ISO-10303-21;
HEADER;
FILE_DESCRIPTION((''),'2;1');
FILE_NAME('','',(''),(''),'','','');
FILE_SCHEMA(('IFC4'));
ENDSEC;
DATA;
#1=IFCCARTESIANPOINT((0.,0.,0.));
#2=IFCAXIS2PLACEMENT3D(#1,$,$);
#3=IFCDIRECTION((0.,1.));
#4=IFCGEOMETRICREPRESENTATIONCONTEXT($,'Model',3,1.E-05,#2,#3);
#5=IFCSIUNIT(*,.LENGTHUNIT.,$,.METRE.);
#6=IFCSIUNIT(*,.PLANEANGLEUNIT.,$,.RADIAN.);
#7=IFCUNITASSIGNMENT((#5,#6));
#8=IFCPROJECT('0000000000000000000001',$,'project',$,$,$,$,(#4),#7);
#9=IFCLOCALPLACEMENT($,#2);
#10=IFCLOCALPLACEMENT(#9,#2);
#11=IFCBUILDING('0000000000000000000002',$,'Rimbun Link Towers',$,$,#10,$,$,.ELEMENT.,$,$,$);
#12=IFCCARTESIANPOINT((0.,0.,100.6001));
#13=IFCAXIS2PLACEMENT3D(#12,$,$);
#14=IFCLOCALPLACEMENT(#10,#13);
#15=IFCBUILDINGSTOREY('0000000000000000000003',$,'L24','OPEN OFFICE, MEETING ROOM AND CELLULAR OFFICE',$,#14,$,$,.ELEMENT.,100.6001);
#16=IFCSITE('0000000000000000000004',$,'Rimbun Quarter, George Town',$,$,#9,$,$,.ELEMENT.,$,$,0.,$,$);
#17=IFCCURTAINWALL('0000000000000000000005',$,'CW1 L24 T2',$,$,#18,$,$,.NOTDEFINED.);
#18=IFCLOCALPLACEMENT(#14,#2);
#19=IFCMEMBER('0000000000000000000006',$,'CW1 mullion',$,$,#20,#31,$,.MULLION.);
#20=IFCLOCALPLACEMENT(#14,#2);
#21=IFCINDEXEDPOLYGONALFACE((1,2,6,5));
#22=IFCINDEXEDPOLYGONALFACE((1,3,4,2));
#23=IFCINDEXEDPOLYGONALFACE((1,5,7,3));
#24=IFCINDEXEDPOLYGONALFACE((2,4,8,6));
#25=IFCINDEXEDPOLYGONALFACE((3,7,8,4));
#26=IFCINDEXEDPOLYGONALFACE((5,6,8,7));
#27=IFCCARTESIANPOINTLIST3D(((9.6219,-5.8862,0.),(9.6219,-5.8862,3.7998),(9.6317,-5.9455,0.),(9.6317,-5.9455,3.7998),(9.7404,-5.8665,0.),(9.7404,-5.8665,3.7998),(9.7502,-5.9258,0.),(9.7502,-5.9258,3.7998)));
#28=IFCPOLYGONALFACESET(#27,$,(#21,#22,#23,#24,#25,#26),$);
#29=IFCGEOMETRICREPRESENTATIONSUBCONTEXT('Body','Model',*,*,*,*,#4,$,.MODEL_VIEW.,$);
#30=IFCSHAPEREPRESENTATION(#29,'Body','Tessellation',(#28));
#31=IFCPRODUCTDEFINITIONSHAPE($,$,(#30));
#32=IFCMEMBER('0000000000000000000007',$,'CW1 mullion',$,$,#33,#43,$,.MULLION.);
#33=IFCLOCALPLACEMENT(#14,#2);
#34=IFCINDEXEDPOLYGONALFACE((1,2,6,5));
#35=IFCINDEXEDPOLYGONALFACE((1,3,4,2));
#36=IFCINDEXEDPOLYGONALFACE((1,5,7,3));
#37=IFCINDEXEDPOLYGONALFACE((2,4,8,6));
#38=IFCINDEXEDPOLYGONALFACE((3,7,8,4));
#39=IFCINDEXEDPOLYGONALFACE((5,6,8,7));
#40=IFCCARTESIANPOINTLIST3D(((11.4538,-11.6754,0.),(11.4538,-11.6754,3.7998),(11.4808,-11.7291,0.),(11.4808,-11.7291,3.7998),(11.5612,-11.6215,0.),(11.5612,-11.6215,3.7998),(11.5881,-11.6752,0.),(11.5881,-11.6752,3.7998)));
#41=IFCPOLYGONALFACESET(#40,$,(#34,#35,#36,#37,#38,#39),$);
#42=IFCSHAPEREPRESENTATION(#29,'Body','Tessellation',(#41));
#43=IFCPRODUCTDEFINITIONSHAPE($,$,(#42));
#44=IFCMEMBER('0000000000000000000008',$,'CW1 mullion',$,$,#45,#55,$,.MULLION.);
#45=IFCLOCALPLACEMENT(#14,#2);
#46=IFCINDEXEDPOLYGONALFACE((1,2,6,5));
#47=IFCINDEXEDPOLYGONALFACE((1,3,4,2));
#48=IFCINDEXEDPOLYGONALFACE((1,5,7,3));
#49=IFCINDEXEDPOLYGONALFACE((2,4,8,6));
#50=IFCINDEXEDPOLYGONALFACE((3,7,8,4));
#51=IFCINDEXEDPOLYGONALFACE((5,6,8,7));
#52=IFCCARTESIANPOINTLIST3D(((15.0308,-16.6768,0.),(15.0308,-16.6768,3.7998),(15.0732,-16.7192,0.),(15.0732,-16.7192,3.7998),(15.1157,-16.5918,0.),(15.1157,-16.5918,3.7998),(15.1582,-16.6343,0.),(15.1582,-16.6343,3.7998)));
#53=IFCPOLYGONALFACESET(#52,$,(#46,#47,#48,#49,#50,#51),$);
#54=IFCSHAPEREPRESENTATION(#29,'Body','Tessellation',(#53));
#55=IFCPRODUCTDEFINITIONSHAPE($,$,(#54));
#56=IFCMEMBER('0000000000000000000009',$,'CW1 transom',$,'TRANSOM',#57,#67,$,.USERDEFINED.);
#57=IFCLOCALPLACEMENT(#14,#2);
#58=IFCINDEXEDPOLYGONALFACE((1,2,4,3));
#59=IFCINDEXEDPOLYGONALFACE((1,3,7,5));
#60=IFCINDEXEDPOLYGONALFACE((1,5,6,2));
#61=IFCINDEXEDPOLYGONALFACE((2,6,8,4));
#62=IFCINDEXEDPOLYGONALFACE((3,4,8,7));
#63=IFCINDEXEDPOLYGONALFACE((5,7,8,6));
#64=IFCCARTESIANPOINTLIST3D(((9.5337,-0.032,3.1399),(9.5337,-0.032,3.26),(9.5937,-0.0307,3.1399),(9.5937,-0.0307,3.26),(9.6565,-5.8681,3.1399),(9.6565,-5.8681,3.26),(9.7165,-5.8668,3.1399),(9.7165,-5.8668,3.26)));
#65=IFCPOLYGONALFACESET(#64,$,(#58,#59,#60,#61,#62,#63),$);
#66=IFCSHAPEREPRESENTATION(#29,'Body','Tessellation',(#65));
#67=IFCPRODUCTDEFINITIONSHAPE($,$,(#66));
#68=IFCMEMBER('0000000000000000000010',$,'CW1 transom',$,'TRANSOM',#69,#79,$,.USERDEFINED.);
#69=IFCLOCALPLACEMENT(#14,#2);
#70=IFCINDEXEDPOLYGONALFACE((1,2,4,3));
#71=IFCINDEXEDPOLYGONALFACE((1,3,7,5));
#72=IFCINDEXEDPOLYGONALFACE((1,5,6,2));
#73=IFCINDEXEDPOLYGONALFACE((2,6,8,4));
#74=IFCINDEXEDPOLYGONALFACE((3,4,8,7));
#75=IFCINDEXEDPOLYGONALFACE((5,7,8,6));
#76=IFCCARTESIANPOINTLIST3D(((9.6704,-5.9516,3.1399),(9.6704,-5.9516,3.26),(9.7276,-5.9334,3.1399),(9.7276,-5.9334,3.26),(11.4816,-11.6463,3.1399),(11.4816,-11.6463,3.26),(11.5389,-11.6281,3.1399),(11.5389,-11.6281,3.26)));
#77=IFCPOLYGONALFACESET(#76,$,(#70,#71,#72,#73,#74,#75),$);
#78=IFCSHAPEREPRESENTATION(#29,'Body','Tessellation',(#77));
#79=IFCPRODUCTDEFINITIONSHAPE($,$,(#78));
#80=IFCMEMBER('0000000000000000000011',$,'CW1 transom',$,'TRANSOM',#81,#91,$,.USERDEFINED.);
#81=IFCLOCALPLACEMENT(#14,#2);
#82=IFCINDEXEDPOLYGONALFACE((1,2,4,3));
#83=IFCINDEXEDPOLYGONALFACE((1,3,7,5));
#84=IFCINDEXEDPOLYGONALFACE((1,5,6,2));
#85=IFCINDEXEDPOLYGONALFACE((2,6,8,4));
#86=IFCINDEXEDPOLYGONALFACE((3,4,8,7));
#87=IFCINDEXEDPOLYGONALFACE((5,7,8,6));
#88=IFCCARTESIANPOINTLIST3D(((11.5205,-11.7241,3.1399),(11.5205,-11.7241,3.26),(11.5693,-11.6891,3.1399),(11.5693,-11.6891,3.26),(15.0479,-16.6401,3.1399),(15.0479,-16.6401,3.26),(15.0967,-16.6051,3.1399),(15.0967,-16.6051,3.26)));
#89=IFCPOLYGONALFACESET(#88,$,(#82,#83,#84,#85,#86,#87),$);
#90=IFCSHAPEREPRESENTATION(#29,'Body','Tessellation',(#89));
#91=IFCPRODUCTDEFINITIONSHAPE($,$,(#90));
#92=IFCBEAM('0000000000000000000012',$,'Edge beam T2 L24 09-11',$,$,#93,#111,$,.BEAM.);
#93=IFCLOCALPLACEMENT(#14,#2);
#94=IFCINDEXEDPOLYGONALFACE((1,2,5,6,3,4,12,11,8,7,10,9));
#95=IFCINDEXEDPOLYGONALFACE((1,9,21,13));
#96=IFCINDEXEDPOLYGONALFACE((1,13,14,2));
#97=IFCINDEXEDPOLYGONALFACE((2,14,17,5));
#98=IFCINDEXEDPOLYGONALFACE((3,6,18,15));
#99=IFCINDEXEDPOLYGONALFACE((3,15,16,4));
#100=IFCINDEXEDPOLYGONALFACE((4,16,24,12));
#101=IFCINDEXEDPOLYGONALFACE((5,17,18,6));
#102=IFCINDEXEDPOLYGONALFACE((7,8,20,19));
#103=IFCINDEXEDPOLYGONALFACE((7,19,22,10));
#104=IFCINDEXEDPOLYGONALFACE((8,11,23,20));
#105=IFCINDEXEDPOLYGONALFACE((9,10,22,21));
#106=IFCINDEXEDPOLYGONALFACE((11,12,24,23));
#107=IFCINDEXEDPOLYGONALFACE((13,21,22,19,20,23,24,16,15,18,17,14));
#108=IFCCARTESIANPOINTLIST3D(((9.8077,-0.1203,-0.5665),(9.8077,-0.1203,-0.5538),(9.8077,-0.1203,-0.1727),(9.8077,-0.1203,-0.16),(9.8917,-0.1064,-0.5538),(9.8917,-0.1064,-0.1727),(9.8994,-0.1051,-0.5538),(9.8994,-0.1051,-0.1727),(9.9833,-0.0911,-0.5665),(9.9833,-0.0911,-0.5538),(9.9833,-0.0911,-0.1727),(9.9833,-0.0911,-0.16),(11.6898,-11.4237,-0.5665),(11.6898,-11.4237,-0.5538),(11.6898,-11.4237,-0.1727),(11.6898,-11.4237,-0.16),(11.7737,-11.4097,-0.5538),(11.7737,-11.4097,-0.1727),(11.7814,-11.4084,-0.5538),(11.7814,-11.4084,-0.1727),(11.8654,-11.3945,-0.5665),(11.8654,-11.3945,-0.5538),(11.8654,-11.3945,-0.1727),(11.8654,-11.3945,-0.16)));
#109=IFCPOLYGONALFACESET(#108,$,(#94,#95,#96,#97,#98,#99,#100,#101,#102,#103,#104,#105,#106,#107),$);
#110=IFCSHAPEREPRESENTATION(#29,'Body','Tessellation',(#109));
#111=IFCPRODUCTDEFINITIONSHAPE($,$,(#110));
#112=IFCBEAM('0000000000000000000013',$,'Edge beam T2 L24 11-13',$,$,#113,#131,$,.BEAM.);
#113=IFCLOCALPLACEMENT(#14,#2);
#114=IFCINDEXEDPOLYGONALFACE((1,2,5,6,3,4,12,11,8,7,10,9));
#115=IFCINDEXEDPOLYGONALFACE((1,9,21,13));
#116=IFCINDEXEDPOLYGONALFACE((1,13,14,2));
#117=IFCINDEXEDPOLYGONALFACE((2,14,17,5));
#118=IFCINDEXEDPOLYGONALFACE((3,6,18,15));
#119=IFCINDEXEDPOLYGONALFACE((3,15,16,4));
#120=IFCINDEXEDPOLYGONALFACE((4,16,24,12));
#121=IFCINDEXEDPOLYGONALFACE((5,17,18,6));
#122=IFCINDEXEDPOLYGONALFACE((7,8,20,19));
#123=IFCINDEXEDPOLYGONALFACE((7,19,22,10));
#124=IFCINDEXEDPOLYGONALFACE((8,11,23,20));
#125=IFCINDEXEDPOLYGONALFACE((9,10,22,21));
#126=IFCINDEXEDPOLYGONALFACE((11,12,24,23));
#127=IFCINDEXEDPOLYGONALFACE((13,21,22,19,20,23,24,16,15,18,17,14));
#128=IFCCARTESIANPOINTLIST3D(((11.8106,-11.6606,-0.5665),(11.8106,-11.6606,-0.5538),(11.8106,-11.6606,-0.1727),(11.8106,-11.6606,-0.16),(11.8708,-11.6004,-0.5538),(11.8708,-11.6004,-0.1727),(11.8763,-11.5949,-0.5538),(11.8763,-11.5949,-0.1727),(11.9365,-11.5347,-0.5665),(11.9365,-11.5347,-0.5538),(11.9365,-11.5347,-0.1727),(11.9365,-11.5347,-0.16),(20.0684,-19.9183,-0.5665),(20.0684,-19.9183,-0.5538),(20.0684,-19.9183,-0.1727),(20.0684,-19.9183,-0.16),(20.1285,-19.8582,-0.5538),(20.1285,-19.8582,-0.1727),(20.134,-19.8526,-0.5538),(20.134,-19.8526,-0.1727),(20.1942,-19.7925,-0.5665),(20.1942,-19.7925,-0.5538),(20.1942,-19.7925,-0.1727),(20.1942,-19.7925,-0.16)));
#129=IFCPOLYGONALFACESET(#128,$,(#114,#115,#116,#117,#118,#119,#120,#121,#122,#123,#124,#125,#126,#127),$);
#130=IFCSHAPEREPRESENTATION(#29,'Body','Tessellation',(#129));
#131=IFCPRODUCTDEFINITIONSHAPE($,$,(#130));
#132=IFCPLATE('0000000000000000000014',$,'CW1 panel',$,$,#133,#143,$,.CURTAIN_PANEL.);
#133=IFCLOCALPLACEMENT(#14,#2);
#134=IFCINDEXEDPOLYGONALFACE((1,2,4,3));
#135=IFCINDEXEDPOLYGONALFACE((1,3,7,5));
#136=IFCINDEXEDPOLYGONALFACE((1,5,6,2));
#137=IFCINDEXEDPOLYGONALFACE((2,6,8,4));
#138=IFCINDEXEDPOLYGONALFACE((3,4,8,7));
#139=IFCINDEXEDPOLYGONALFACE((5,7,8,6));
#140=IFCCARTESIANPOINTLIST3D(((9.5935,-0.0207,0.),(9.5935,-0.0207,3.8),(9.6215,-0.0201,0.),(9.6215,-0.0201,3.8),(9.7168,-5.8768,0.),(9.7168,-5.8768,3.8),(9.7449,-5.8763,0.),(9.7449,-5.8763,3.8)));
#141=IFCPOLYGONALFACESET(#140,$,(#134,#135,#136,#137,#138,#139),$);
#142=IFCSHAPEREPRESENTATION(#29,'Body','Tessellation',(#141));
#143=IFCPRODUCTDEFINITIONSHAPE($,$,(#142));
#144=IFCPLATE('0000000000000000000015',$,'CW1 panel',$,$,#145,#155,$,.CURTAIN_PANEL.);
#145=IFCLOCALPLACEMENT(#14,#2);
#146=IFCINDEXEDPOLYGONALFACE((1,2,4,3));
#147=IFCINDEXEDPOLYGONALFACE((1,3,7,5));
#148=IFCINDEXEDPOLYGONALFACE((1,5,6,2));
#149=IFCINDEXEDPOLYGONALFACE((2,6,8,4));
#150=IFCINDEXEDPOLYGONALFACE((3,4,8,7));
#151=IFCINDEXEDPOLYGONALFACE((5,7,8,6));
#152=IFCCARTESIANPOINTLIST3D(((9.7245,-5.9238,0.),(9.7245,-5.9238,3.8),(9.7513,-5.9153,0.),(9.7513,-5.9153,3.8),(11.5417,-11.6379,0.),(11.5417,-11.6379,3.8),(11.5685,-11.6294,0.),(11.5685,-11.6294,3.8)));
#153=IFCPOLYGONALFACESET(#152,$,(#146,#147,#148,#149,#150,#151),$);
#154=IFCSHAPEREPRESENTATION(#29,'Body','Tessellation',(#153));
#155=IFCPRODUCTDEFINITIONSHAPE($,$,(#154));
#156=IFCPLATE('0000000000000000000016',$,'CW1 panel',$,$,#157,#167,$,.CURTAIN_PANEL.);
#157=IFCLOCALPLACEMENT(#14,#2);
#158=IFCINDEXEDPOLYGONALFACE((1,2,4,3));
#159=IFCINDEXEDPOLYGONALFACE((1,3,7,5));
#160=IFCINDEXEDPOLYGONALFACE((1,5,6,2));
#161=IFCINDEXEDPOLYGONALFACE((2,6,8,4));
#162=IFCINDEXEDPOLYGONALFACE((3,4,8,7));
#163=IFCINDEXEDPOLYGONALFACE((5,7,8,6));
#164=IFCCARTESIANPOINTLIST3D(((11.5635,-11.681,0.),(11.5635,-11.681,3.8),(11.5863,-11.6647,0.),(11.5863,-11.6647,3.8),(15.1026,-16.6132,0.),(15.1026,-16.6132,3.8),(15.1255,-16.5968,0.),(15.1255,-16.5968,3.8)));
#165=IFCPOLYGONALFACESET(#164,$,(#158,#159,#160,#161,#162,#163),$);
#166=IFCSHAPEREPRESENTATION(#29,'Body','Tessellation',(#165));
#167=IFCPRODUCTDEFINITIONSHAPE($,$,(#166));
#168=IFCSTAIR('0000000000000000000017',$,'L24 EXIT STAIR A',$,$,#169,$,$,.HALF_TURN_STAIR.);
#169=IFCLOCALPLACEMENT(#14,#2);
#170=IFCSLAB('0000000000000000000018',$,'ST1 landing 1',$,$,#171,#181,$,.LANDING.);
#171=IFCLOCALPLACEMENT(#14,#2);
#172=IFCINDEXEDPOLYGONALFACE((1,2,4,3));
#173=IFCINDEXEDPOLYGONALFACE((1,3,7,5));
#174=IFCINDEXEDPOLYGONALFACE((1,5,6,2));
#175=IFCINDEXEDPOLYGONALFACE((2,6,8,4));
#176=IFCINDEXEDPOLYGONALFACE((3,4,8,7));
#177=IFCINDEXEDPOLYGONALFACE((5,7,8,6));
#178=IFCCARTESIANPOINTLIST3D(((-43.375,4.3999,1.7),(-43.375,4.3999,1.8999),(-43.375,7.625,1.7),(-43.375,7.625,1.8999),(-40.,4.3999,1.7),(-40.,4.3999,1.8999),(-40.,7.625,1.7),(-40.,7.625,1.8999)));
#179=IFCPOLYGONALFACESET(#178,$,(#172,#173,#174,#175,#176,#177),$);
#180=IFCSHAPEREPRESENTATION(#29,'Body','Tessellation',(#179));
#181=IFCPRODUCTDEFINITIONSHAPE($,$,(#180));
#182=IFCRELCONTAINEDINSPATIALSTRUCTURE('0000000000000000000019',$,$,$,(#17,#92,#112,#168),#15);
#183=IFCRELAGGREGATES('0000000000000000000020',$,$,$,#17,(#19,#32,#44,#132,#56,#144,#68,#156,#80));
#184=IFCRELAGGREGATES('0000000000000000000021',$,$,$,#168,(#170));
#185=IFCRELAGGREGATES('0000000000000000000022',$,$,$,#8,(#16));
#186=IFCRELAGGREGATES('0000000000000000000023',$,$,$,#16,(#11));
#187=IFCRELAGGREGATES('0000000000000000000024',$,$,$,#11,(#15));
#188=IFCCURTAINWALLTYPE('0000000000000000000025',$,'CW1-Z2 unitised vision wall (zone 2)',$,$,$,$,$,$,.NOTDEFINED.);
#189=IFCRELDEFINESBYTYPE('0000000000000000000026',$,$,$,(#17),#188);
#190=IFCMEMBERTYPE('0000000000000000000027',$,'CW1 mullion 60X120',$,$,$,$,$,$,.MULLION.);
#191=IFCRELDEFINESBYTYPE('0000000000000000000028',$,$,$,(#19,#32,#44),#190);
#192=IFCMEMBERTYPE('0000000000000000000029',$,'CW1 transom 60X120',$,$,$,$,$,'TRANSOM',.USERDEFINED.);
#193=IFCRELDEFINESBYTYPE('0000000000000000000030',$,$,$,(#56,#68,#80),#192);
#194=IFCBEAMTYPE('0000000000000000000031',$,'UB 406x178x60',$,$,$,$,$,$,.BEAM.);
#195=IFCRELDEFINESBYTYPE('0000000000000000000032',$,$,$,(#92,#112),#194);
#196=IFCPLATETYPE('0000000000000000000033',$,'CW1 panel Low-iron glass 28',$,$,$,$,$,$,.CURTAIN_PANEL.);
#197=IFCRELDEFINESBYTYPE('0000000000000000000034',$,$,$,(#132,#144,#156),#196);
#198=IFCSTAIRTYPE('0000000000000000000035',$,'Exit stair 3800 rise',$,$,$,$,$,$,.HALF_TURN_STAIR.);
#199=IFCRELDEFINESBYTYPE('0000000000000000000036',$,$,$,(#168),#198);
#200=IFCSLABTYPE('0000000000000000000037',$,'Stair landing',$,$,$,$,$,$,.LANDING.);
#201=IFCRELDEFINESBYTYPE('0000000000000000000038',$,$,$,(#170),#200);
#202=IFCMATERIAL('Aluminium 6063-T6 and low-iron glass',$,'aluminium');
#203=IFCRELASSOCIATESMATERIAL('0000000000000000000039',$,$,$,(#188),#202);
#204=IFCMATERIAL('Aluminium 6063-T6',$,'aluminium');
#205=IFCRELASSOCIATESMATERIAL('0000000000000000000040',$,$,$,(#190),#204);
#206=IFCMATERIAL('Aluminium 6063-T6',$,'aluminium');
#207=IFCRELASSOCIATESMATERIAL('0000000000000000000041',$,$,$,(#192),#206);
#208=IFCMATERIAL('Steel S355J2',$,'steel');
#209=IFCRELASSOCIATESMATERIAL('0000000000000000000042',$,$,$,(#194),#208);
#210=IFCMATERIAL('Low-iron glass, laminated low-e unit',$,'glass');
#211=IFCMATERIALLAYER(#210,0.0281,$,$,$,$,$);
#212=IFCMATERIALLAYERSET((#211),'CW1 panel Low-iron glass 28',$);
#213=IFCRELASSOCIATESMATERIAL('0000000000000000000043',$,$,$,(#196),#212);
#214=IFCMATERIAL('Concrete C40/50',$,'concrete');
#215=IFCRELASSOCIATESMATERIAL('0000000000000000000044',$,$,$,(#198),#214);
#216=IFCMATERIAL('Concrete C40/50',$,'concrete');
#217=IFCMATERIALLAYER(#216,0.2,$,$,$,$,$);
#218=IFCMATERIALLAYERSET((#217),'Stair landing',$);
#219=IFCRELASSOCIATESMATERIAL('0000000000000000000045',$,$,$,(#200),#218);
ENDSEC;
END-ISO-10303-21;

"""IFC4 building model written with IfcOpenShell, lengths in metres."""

from ifc_helpers import new_model, si_unit, direction, frame, origin, origin_2d, place, context, subcontext, project, spatial, polyline, rectangle, i_section, outline, extrude, material, layer, layer_set, material_profile, profile_set, type_object, element, aggregate, save


model = new_model("IFC4")

# Units and contexts
model_context = context("Model", 3, precision=1e-05, world=origin(), true_north=direction((0.0, 1.0)))
body_context = subcontext(model_context, "Body", "Model", "MODEL_VIEW")
ifc_project = project(units=[si_unit("LENGTHUNIT", "METRE"), si_unit("PLANEANGLEUNIT", "RADIAN")], contexts=[model_context])

# Site, building, storey
site_placement = place(None, origin())
site = spatial("IfcSite", under=ifc_project, at=site_placement, Name="Rimbun Quarter, George Town", CompositionType="ELEMENT", RefElevation=0.0)
building_placement = place(site_placement, origin())
building = spatial("IfcBuilding", under=site, at=building_placement, Name="Rimbun Link Towers", CompositionType="ELEMENT")
storey_placement = place(building_placement, frame((0.0, 0.0, 100.6001)))
storey = spatial("IfcBuildingStorey", under=building, at=storey_placement, Name="L24", Description="OPEN OFFICE, MEETING ROOM AND CELLULAR OFFICE", CompositionType="ELEMENT", Elevation=100.6001)

# Curtain wall, members
ifc_material_1 = material(Name="Aluminium 6063-T6 and low-iron glass", Category="aluminium")
curtain_wall_type = type_object("IfcCurtainWallType", Name="CW1-Z2 unitised vision wall (zone 2)", PredefinedType="NOTDEFINED", material=ifc_material_1)
curtain_wall_placement = place(storey_placement, origin())
curtain_wall = element("IfcCurtainWall", 1, at=curtain_wall_placement, inside=storey, type_object=curtain_wall_type, Name="CW1 L24 T2", PredefinedType="NOTDEFINED")
ifc_material_2 = material(Name="Aluminium 6063-T6", Category="aluminium")
ifc_material_profile_1 = material_profile(ifc_material_2, rectangle(XDim=0.1201, YDim=0.0601, at=origin_2d()), Name="MULLION 60X120")
ifc_profile_set_1 = profile_set([ifc_material_profile_1], Name="Aluminium 6063-T6")
member_type_1 = type_object("IfcMemberType", Name="CW1 mullion 60X120", PredefinedType="MULLION", material=ifc_profile_set_1)
member_1_placement = place(storey_placement, frame((9.686, -5.906, 0.0), z_axis=(0.0, 0.0, 1.0), x_axis=(-0.986503, -0.163744, 0.0)))
member_1 = element("IfcMember", 2, at=member_1_placement, type_object=member_type_1, Name="CW1 mullion", PredefinedType="MULLION", context=body_context, shape_type="SweptSolid", body=[
    extrude(rectangle(XDim=0.1201, YDim=0.0601, at=origin_2d()), origin(), (0.0, 0.0, 1.0), 3.7998),
])
member_2_placement = place(storey_placement, frame((11.521, -11.6753, 0.0), z_axis=(0.0, 0.0, 1.0), x_axis=(-0.893748, -0.448569, 0.0)))
member_2 = element("IfcMember", 3, at=member_2_placement, type_object=member_type_1, Name="CW1 mullion", PredefinedType="MULLION", context=body_context, shape_type="SweptSolid", body=[
    extrude(rectangle(XDim=0.1201, YDim=0.0601, at=origin_2d()), origin(), (0.0, 0.0, 1.0), 3.7998),
])
member_3_placement = place(storey_placement, frame((15.0945, -16.6555, 0.0), z_axis=(0.0, 0.0, 1.0), x_axis=(-0.707107, -0.707107, 0.0)))
member_3 = element("IfcMember", 4, at=member_3_placement, type_object=member_type_1, Name="CW1 mullion", PredefinedType="MULLION", context=body_context, shape_type="SweptSolid", body=[
    extrude(rectangle(XDim=0.1201, YDim=0.0601, at=origin_2d()), origin(), (0.0, 0.0, 1.0), 3.7998),
])
ifc_material_3 = material(Name="Aluminium 6063-T6", Category="aluminium")
ifc_material_profile_2 = material_profile(ifc_material_3, rectangle(XDim=0.0601, YDim=0.1201, at=origin_2d()), Name="TRANSOM 60X120")
ifc_profile_set_2 = profile_set([ifc_material_profile_2], Name="Aluminium 6063-T6")
member_type_2 = type_object("IfcMemberType", Name="CW1 transom 60X120", ElementType="TRANSOM", PredefinedType="USERDEFINED", material=ifc_profile_set_2)
member_4_placement = place(storey_placement, frame((9.6865, -5.8674, 3.2), z_axis=(-0.021037, 0.999779, 0.0), x_axis=(-0.999779, -0.021037, 0.0)))
member_4 = element("IfcMember", 5, at=member_4_placement, type_object=member_type_2, Name="CW1 transom", ObjectType="TRANSOM", PredefinedType="USERDEFINED", context=body_context, shape_type="SweptSolid", body=[
    extrude(rectangle(XDim=0.0601, YDim=0.1201, at=origin_2d()), origin(), (0.0, 0.0, 1.0), 5.8374),
])
member_5_placement = place(storey_placement, frame((11.5103, -11.6372, 3.2), z_axis=(-0.303096, 0.95296, 0.0), x_axis=(-0.95296, -0.303096, 0.0)))
member_5 = element("IfcMember", 6, at=member_5_placement, type_object=member_type_2, Name="CW1 transom", ObjectType="TRANSOM", PredefinedType="USERDEFINED", context=body_context, shape_type="SweptSolid", body=[
    extrude(rectangle(XDim=0.0601, YDim=0.1201, at=origin_2d()), origin(), (0.0, 0.0, 1.0), 5.9758),
])
member_6_placement = place(storey_placement, frame((15.0723, -16.6226, 3.2), z_axis=(-0.582977, 0.812488, 0.0), x_axis=(-0.812488, -0.582977, 0.0)))
member_6 = element("IfcMember", 7, at=member_6_placement, type_object=member_type_2, Name="CW1 transom", ObjectType="TRANSOM", PredefinedType="USERDEFINED", context=body_context, shape_type="SweptSolid", body=[
    extrude(rectangle(XDim=0.0601, YDim=0.1201, at=origin_2d()), origin(), (0.0, 0.0, 1.0), 6.0505),
])

# Beams
ifc_material_4 = material(Name="Steel S355J2", Category="steel")
ifc_material_profile_3 = material_profile(ifc_material_4, i_section(OverallWidth=0.178, OverallDepth=0.4065, WebThickness=0.0078, FlangeThickness=0.0127, at=origin_2d()), Name="UB 406x178x60")
ifc_profile_set_3 = profile_set([ifc_material_profile_3], Name="Steel S355J2")
beam_type = type_object("IfcBeamType", Name="UB 406x178x60", PredefinedType="BEAM", material=ifc_profile_set_3)
beam_1_placement = place(storey_placement, frame((9.8955, -0.1057, -0.3633), z_axis=(0.164244, -0.98642, 0.0), x_axis=(0.98642, 0.164244, 0.0)))
element("IfcBeam", 8, at=beam_1_placement, inside=storey, type_object=beam_type, Name="Edge beam T2 L24 09-11", PredefinedType="BEAM", context=body_context, shape_type="SweptSolid", body=[
    extrude(i_section(OverallWidth=0.178, OverallDepth=0.4065, WebThickness=0.0078, FlangeThickness=0.0127, at=origin_2d()), origin(), (0.0, 0.0, 1.0), 11.459),
])
beam_2_placement = place(storey_placement, frame((11.8735, -11.5977, -0.3633), z_axis=(0.707107, -0.707107, 0.0), x_axis=(0.707107, 0.707107, 0.0)))
element("IfcBeam", 9, at=beam_2_placement, inside=storey, type_object=beam_type, Name="Edge beam T2 L24 11-13", PredefinedType="BEAM", context=body_context, shape_type="SweptSolid", body=[
    extrude(i_section(OverallWidth=0.178, OverallDepth=0.4065, WebThickness=0.0078, FlangeThickness=0.0127, at=origin_2d()), origin(), (0.0, 0.0, 1.0), 11.6782),
])

# Plates
ifc_material_5 = material(Name="Low-iron glass, laminated low-e unit", Category="glass")
ifc_layer_1 = layer(ifc_material_5, 0.0281)
ifc_layer_set_1 = layer_set([ifc_layer_1], Name="CW1 panel Low-iron glass 28")
plate_type = type_object("IfcPlateType", Name="CW1 panel Low-iron glass 28", PredefinedType="CURTAIN_PANEL", material=ifc_layer_set_1)
plate_1_placement = place(storey_placement, frame((9.6692, -2.9485, 0.0), z_axis=(0.0, 0.0, 1.0), x_axis=(-0.02106, 0.999778, 0.0)))
plate_1 = element("IfcPlate", 10, at=plate_1_placement, type_object=plate_type, Name="CW1 panel", PredefinedType="CURTAIN_PANEL", context=body_context, shape_type="SweptSolid", body=[
    extrude(rectangle(XDim=5.8574, YDim=0.0281, at=origin_2d()), origin(), (0.0, 0.0, 1.0), 3.8),
])
plate_2_placement = place(storey_placement, frame((10.6465, -8.7766, 0.0), z_axis=(0.0, 0.0, 1.0), x_axis=(-0.303066, 0.95297, 0.0)))
plate_2 = element("IfcPlate", 11, at=plate_2_placement, type_object=plate_type, Name="CW1 panel", PredefinedType="CURTAIN_PANEL", context=body_context, shape_type="SweptSolid", body=[
    extrude(rectangle(XDim=5.9961, YDim=0.0281, at=origin_2d()), origin(), (0.0, 0.0, 1.0), 3.8),
])
plate_3_placement = place(storey_placement, frame((13.3445, -14.1389, 0.0), z_axis=(0.0, 0.0, 1.0), x_axis=(-0.583002, 0.812471, 0.0)))
plate_3 = element("IfcPlate", 12, at=plate_3_placement, type_object=plate_type, Name="CW1 panel", PredefinedType="CURTAIN_PANEL", context=body_context, shape_type="SweptSolid", body=[
    extrude(rectangle(XDim=6.0706, YDim=0.0281, at=origin_2d()), origin(), (0.0, 0.0, 1.0), 3.8),
])
aggregate(curtain_wall, [member_1, member_2, member_3, plate_1, member_4, plate_2, member_5, plate_3, member_6])

# Stair, slab
ifc_material_6 = material(Name="Concrete C40/50", Category="concrete")
stair_type = type_object("IfcStairType", Name="Exit stair 3800 rise", PredefinedType="HALF_TURN_STAIR", material=ifc_material_6)
stair_1_placement = place(storey_placement, origin())
stair_1 = element("IfcStair", 13, at=stair_1_placement, inside=storey, type_object=stair_type, Name="L24 EXIT STAIR A", PredefinedType="HALF_TURN_STAIR")
ifc_material_7 = material(Name="Concrete C40/50", Category="concrete")
ifc_layer_2 = layer(ifc_material_7, 0.2)
ifc_layer_set_2 = layer_set([ifc_layer_2], Name="Stair landing")
slab_type = type_object("IfcSlabType", Name="Stair landing", PredefinedType="LANDING", material=ifc_layer_set_2)
slab_1_placement = place(storey_placement, frame((0.0, 0.0, 1.7)))
slab_1 = element("IfcSlab", 14, at=slab_1_placement, type_object=slab_type, Name="ST1 landing 1", PredefinedType="LANDING", context=body_context, shape_type="SweptSolid", body=[
    extrude(outline(polyline([(-40.0, 7.625), (-43.375, 7.625), (-43.375, 4.3999), (-40.0, 4.3999), (-40.0, 7.625)])), origin(), (0.0, 0.0, 1.0), 0.2),
])
aggregate(stair_1, [slab_1])

save(model, "model.ifc")
